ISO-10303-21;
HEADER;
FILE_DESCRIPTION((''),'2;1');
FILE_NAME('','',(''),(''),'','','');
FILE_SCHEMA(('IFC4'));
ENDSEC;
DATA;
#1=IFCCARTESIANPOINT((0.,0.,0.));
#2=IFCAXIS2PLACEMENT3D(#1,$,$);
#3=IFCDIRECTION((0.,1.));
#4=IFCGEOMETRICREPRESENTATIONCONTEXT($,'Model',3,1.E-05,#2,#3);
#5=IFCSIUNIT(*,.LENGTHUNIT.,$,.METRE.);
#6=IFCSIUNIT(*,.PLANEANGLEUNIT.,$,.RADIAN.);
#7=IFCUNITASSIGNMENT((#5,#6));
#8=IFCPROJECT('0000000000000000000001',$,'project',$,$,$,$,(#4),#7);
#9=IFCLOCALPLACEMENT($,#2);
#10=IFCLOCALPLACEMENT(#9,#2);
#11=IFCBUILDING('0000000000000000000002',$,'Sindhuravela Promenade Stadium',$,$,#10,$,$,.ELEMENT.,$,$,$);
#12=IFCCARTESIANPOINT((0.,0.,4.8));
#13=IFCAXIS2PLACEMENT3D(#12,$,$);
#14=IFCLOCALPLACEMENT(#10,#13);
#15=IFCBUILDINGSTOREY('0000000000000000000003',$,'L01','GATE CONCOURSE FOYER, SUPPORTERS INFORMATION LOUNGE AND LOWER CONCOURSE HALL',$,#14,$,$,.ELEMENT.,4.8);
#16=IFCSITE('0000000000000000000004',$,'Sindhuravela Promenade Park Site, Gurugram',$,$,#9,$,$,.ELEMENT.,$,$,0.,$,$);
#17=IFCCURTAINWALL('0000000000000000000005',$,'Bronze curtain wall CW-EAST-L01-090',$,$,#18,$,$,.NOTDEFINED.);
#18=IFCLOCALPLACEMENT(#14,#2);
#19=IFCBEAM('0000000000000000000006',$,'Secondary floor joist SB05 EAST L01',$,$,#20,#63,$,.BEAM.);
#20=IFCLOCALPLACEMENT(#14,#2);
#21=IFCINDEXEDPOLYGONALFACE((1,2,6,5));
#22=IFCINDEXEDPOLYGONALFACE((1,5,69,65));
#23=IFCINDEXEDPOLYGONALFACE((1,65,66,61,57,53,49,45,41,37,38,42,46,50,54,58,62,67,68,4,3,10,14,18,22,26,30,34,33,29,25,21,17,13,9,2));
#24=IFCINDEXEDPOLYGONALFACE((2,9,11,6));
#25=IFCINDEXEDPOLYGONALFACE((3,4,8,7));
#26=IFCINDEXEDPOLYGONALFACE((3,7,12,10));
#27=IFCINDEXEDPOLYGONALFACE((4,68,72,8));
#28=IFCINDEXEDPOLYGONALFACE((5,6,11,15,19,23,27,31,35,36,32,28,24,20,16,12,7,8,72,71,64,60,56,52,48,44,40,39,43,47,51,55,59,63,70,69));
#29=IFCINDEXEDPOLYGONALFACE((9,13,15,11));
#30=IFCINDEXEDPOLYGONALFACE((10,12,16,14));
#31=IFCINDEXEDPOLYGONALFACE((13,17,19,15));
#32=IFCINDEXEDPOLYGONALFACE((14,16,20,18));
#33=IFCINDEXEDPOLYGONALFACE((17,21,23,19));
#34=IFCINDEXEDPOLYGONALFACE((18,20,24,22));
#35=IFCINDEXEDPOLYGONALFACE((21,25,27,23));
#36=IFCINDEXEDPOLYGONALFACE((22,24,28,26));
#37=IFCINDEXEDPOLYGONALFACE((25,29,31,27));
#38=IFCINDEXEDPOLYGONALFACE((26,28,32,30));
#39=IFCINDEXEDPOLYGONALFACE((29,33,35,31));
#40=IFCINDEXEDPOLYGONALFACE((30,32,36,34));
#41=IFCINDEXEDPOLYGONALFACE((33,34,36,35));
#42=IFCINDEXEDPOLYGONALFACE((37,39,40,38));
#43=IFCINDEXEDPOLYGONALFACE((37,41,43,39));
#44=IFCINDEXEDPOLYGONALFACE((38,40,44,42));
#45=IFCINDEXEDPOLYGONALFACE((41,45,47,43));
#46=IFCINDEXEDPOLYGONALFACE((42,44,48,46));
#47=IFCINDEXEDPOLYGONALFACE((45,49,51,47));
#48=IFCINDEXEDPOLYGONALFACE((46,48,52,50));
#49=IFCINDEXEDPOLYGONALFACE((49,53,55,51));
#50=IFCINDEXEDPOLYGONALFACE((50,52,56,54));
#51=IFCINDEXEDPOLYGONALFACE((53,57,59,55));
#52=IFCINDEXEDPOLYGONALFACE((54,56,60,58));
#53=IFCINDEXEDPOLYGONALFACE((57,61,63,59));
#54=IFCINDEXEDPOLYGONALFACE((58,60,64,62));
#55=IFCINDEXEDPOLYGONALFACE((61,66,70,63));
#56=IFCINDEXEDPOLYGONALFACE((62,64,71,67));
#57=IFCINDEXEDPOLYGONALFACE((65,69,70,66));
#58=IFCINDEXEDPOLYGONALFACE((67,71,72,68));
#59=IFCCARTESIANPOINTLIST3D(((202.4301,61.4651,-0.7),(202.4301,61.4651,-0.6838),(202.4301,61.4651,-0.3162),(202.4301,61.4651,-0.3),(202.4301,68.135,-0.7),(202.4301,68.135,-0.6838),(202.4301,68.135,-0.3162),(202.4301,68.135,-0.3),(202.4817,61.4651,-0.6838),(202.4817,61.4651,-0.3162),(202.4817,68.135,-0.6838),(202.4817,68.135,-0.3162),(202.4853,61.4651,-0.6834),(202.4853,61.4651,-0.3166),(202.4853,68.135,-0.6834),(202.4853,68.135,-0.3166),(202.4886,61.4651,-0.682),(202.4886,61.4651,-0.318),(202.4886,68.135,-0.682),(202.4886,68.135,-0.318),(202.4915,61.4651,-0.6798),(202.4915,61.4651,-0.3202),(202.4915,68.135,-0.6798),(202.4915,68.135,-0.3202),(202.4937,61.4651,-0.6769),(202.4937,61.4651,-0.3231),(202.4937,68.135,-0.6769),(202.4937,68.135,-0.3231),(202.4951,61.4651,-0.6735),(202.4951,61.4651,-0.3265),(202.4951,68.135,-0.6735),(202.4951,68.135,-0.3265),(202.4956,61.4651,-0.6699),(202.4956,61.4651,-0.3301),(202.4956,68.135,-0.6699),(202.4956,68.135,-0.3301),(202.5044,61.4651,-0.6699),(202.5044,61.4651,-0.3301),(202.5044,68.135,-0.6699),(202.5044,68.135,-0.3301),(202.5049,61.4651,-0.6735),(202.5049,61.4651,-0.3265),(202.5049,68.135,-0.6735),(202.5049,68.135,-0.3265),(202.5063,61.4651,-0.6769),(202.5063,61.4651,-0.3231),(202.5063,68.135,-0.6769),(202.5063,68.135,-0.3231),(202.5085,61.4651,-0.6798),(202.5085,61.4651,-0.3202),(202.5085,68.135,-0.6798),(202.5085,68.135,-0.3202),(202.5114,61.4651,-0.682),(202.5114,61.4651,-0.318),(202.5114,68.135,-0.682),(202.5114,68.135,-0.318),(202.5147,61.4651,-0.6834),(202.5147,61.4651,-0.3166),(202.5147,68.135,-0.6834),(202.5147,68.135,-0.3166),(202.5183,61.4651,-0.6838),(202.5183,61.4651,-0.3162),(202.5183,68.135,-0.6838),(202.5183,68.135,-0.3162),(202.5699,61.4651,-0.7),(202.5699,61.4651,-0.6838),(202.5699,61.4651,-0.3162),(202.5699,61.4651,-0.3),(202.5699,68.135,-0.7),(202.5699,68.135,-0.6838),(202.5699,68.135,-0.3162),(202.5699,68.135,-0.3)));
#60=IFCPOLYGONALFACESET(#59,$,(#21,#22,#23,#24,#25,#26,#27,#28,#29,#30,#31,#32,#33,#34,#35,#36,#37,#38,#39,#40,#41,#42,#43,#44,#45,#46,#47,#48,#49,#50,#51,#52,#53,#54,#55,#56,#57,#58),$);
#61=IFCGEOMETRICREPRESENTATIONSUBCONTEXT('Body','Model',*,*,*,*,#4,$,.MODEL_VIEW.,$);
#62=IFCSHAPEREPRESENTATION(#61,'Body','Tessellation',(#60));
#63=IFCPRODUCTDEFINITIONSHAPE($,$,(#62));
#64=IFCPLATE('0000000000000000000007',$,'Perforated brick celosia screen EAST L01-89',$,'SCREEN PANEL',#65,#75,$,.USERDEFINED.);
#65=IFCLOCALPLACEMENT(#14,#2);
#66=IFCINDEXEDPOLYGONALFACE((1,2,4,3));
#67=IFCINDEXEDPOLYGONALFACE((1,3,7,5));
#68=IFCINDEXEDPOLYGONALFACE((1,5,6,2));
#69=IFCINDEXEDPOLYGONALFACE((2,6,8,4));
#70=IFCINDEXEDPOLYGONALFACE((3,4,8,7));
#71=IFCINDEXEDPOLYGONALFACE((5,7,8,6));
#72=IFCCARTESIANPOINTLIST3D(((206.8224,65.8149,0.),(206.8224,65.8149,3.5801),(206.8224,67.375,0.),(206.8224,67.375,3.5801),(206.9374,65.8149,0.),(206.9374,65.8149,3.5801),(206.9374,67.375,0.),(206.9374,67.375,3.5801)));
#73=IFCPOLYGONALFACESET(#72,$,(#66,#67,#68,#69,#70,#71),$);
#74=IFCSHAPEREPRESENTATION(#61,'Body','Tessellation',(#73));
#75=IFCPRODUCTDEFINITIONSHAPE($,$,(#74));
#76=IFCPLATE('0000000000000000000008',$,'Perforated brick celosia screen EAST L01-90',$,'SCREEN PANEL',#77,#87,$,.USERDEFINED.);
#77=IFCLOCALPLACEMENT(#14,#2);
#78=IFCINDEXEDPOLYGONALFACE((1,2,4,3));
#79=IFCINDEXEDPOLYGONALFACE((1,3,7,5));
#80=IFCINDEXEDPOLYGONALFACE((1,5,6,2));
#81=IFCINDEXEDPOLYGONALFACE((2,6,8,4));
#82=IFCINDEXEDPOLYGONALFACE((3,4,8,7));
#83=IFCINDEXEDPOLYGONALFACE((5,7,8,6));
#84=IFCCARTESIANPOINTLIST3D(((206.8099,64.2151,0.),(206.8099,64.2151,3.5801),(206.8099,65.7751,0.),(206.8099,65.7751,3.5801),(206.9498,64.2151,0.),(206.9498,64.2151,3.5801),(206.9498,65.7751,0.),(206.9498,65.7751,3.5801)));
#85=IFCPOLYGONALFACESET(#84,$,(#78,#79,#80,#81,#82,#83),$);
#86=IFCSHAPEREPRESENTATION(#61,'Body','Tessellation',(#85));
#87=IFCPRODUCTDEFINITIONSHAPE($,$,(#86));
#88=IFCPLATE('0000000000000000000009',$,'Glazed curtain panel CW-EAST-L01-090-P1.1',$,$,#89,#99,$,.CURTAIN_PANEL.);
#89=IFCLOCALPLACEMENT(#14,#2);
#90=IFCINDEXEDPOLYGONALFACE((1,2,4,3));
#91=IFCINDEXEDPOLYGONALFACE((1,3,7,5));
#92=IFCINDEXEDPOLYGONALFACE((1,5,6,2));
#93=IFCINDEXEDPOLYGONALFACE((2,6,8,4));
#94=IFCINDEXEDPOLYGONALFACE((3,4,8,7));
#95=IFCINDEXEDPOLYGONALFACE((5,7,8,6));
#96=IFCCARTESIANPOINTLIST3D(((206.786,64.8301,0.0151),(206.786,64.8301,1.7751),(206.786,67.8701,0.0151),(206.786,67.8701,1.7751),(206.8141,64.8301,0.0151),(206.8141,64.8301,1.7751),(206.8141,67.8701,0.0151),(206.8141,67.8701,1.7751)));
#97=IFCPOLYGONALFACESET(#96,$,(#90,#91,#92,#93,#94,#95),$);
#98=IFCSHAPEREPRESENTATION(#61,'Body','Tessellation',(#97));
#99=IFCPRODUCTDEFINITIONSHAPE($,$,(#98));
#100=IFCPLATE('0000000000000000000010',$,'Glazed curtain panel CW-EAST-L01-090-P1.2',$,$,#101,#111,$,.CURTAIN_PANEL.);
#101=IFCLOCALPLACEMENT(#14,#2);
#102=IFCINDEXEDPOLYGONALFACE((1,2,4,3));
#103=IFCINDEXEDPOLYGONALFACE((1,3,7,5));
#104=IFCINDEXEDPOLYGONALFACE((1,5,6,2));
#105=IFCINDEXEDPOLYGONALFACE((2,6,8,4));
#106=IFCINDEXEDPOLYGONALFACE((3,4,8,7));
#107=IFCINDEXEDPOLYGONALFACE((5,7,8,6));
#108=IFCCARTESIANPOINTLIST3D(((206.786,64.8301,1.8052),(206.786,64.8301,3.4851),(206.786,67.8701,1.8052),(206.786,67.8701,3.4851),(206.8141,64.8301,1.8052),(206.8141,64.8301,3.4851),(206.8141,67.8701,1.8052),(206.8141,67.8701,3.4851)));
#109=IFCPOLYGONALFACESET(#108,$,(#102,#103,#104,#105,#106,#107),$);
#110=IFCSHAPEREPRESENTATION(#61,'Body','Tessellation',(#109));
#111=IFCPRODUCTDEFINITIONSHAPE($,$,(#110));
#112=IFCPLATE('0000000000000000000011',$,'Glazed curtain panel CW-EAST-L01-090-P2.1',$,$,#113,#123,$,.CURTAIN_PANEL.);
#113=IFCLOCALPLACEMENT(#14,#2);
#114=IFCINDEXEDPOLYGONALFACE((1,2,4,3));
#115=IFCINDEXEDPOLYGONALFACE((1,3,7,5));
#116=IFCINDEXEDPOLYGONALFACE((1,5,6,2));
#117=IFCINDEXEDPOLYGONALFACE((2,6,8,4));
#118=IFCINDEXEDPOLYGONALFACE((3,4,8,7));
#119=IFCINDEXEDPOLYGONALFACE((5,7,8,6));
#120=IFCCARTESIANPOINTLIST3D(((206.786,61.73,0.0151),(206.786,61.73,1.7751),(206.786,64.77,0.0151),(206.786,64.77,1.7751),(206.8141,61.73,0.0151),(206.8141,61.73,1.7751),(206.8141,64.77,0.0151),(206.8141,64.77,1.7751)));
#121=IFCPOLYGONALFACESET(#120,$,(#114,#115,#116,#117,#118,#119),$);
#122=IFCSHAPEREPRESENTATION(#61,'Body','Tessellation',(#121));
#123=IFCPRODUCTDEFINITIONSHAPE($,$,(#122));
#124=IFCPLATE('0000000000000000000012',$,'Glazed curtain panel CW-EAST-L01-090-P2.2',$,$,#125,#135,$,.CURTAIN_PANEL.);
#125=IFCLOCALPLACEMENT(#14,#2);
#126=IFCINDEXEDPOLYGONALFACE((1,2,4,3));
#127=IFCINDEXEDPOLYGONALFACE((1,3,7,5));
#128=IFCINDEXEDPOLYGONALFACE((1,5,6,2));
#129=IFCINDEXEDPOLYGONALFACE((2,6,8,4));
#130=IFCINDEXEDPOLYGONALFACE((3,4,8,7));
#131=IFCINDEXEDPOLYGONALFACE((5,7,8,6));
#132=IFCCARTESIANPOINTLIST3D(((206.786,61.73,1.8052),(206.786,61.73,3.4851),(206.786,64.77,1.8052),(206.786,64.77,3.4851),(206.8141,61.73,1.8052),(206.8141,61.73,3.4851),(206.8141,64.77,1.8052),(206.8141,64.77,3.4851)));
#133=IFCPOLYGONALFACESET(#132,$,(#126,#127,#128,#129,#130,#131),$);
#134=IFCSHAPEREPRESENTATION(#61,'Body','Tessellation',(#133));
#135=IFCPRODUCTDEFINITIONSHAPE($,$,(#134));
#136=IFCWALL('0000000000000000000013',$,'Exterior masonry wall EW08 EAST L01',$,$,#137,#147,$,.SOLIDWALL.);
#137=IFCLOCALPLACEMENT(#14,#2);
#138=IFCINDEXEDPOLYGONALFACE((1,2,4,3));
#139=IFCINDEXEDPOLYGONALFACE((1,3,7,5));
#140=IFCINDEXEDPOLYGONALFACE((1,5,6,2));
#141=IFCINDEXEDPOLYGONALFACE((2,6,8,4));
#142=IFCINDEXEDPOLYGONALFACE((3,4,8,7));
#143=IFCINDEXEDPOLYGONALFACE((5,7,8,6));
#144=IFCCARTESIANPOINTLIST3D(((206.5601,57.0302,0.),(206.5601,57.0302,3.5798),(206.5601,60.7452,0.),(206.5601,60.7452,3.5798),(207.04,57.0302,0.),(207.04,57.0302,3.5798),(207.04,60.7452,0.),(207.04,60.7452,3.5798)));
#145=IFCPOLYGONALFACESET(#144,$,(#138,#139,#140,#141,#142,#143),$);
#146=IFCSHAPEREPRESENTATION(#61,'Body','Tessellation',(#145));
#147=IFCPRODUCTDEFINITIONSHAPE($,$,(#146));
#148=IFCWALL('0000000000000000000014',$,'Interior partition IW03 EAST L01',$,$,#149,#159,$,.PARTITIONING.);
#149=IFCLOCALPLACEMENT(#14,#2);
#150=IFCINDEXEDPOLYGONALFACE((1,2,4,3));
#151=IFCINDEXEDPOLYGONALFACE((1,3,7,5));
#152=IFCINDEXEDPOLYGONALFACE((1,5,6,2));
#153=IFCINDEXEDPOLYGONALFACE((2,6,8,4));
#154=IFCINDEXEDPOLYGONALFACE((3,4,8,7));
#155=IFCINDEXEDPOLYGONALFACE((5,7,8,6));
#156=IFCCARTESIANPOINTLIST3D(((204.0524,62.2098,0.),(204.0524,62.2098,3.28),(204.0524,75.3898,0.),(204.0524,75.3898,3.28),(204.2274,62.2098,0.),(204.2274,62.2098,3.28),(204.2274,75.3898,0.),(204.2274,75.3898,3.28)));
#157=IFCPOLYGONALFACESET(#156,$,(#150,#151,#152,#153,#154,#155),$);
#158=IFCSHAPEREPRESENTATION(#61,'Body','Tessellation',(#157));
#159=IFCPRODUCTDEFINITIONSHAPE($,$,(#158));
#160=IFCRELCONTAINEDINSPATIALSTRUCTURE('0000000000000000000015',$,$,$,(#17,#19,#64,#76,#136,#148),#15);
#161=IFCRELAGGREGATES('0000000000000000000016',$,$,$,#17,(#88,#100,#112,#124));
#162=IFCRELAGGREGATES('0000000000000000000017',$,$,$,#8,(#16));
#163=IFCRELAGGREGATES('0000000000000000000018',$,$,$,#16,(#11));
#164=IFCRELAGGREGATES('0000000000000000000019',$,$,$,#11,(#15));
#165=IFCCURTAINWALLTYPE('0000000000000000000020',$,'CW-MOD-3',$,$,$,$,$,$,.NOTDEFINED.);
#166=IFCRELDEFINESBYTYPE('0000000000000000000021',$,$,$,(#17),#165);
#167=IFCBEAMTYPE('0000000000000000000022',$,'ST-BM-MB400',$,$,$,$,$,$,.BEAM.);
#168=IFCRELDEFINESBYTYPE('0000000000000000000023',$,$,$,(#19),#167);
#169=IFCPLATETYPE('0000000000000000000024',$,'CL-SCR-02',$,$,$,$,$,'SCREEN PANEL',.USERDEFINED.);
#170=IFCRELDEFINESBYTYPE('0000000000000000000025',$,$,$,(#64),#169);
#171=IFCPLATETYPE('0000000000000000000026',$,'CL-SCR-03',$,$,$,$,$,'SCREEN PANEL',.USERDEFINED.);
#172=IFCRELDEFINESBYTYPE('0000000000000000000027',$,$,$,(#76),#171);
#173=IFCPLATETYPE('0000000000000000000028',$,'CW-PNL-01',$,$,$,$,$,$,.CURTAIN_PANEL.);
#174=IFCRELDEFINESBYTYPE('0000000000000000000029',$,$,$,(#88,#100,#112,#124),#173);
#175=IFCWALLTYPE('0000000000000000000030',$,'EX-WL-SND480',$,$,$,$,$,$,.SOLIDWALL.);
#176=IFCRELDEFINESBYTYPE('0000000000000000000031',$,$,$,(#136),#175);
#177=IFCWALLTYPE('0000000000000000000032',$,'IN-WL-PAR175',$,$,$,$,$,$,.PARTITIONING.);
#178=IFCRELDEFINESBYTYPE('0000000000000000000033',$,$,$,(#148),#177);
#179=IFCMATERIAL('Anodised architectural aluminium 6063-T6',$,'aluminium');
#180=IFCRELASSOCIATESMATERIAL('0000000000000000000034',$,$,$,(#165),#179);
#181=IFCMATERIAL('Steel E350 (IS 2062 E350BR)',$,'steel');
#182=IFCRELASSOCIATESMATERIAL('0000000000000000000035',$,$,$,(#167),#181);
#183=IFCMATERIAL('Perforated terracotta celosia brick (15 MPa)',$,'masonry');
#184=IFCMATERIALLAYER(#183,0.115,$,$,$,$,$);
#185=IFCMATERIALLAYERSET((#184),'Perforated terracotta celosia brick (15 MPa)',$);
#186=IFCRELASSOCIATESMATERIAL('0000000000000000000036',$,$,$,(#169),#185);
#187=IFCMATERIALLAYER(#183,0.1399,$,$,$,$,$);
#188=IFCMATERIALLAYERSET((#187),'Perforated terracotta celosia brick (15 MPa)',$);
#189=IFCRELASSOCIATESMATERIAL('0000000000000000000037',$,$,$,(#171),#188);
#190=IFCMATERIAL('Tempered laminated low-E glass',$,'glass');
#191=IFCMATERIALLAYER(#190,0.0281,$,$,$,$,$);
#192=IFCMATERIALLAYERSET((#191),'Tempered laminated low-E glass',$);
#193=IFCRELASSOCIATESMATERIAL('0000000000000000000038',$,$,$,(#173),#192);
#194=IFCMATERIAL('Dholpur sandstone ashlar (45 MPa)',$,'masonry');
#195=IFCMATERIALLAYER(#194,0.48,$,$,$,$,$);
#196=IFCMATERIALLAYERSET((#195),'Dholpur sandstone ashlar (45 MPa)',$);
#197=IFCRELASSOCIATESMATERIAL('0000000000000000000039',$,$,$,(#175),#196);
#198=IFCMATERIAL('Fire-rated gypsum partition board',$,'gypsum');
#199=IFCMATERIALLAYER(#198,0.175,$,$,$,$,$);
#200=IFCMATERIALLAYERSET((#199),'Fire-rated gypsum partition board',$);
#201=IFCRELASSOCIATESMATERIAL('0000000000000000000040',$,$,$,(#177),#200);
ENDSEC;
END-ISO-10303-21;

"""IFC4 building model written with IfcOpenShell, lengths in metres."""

from ifc_helpers import new_model, si_unit, direction, frame, frame_2d, origin, origin_2d, place, context, subcontext, project, spatial, rectangle, i_section, extrude, material, layer, layer_set, material_profile, profile_set, type_object, element, aggregate, save


model = new_model("IFC4")

# Units and contexts
model_context = context("Model", 3, precision=1e-05, world=origin(), true_north=direction((0.0, 1.0)))
body_context = subcontext(model_context, "Body", "Model", "MODEL_VIEW")
ifc_project = project(units=[si_unit("LENGTHUNIT", "METRE"), si_unit("PLANEANGLEUNIT", "RADIAN")], contexts=[model_context])

# Site, building, storey
site_placement = place(None, origin())
site = spatial("IfcSite", under=ifc_project, at=site_placement, Name="Sindhuravela Promenade Park Site, Gurugram", CompositionType="ELEMENT", RefElevation=0.0)
building_placement = place(site_placement, origin())
building = spatial("IfcBuilding", under=site, at=building_placement, Name="Sindhuravela Promenade Stadium", CompositionType="ELEMENT")
storey_placement = place(building_placement, frame((0.0, 0.0, 4.8)))
storey = spatial("IfcBuildingStorey", under=building, at=storey_placement, Name="L01", Description="GATE CONCOURSE FOYER, SUPPORTERS INFORMATION LOUNGE AND LOWER CONCOURSE HALL", CompositionType="ELEMENT", Elevation=4.8)

# Curtain wall
ifc_material_1 = material(Name="Anodised architectural aluminium 6063-T6", Category="aluminium")
curtain_wall_type = type_object("IfcCurtainWallType", Name="CW-MOD-3", PredefinedType="NOTDEFINED", material=ifc_material_1)
curtain_wall_placement = place(storey_placement, origin())
curtain_wall = element("IfcCurtainWall", 1, at=curtain_wall_placement, inside=storey, type_object=curtain_wall_type, Name="Bronze curtain wall CW-EAST-L01-090", PredefinedType="NOTDEFINED")

# Beam
ifc_material_2 = material(Name="Steel E350 (IS 2062 E350BR)", Category="steel")
ifc_material_profile_1 = material_profile(ifc_material_2, i_section(OverallWidth=0.1399, OverallDepth=0.3999, WebThickness=0.0088, FlangeThickness=0.0161, FilletRadius=0.0139, at=origin_2d()), Name="ISMB 400")
ifc_profile_set_1 = profile_set([ifc_material_profile_1], Name="Steel E350 (IS 2062 E350BR)")
beam_type_1 = type_object("IfcBeamType", Name="ST-BM-MB400", PredefinedType="BEAM", material=ifc_profile_set_1)
beam_1_placement = place(storey_placement, frame((202.5, 61.4651, -0.5), z_axis=(0.0, 1.0, 0.0), x_axis=(-1.0, 0.0, 0.0)))
element("IfcBeam", 2, at=beam_1_placement, inside=storey, type_object=beam_type_1, Name="Secondary floor joist SB05 EAST L01", PredefinedType="BEAM", context=body_context, shape_type="SweptSolid", body=[
    extrude(i_section(OverallWidth=0.1399, OverallDepth=0.3999, WebThickness=0.0088, FlangeThickness=0.0161, FilletRadius=0.0139, at=origin_2d()), origin(), (0.0, 0.0, 1.0), 6.6699),
])

# Plates
ifc_material_3 = material(Name="Perforated terracotta celosia brick (15 MPa)", Category="masonry")
ifc_layer_1 = layer(ifc_material_3, 0.115)
ifc_layer_set_1 = layer_set([ifc_layer_1], Name="Perforated terracotta celosia brick (15 MPa)")
plate_type_1 = type_object("IfcPlateType", Name="CL-SCR-02", ElementType="SCREEN PANEL", PredefinedType="USERDEFINED", material=ifc_layer_set_1)
plate_1_placement = place(storey_placement, frame((206.8799, 66.595, 0.0), z_axis=(0.0, 0.0, 1.0), x_axis=(0.0, -1.0, 0.0)))
element("IfcPlate", 3, at=plate_1_placement, inside=storey, type_object=plate_type_1, Name="Perforated brick celosia screen EAST L01-89", ObjectType="SCREEN PANEL", PredefinedType="USERDEFINED", context=body_context, shape_type="SweptSolid", body=[
    extrude(rectangle(XDim=1.5601, YDim=0.115, at=origin_2d()), origin(), (0.0, 0.0, 1.0), 3.5801),
])
ifc_layer_2 = layer(ifc_material_3, 0.1399)
ifc_layer_set_2 = layer_set([ifc_layer_2], Name="Perforated terracotta celosia brick (15 MPa)")
plate_type_2 = type_object("IfcPlateType", Name="CL-SCR-03", ElementType="SCREEN PANEL", PredefinedType="USERDEFINED", material=ifc_layer_set_2)
plate_2_placement = place(storey_placement, frame((206.8799, 64.9951, 0.0), z_axis=(0.0, 0.0, 1.0), x_axis=(0.0, -1.0, 0.0)))
element("IfcPlate", 4, at=plate_2_placement, inside=storey, type_object=plate_type_2, Name="Perforated brick celosia screen EAST L01-90", ObjectType="SCREEN PANEL", PredefinedType="USERDEFINED", context=body_context, shape_type="SweptSolid", body=[
    extrude(rectangle(XDim=1.5601, YDim=0.1399, at=origin_2d()), origin(), (0.0, 0.0, 1.0), 3.5801),
])

# Plates
ifc_material_4 = material(Name="Tempered laminated low-E glass", Category="glass")
ifc_layer_3 = layer(ifc_material_4, 0.0281)
ifc_layer_set_3 = layer_set([ifc_layer_3], Name="Tempered laminated low-E glass")
plate_type_3 = type_object("IfcPlateType", Name="CW-PNL-01", PredefinedType="CURTAIN_PANEL", material=ifc_layer_set_3)
plate_3_placement = place(storey_placement, frame((206.8, 66.3501, 0.0151), z_axis=(0.0, 0.0, 1.0), x_axis=(0.0, -1.0, 0.0)))
plate_3 = element("IfcPlate", 5, at=plate_3_placement, type_object=plate_type_3, Name="Glazed curtain panel CW-EAST-L01-090-P1.1", PredefinedType="CURTAIN_PANEL", context=body_context, shape_type="SweptSolid", body=[
    extrude(rectangle(XDim=3.04, YDim=0.0281, at=origin_2d()), origin(), (0.0, 0.0, 1.0), 1.76),
])
plate_4_placement = place(storey_placement, frame((206.8, 66.3501, 1.8052), z_axis=(0.0, 0.0, 1.0), x_axis=(0.0, -1.0, 0.0)))
plate_4 = element("IfcPlate", 6, at=plate_4_placement, type_object=plate_type_3, Name="Glazed curtain panel CW-EAST-L01-090-P1.2", PredefinedType="CURTAIN_PANEL", context=body_context, shape_type="SweptSolid", body=[
    extrude(rectangle(XDim=3.04, YDim=0.0281, at=origin_2d()), origin(), (0.0, 0.0, 1.0), 1.6799),
])
plate_5_placement = place(storey_placement, frame((206.8, 63.25, 0.0151), z_axis=(0.0, 0.0, 1.0), x_axis=(0.0, -1.0, 0.0)))
plate_5 = element("IfcPlate", 7, at=plate_5_placement, type_object=plate_type_3, Name="Glazed curtain panel CW-EAST-L01-090-P2.1", PredefinedType="CURTAIN_PANEL", context=body_context, shape_type="SweptSolid", body=[
    extrude(rectangle(XDim=3.04, YDim=0.0281, at=origin_2d()), origin(), (0.0, 0.0, 1.0), 1.76),
])
plate_6_placement = place(storey_placement, frame((206.8, 63.25, 1.8052), z_axis=(0.0, 0.0, 1.0), x_axis=(0.0, -1.0, 0.0)))
plate_6 = element("IfcPlate", 8, at=plate_6_placement, type_object=plate_type_3, Name="Glazed curtain panel CW-EAST-L01-090-P2.2", PredefinedType="CURTAIN_PANEL", context=body_context, shape_type="SweptSolid", body=[
    extrude(rectangle(XDim=3.04, YDim=0.0281, at=origin_2d()), origin(), (0.0, 0.0, 1.0), 1.6799),
])
aggregate(curtain_wall, [plate_3, plate_4, plate_5, plate_6])

# Walls
ifc_material_5 = material(Name="Dholpur sandstone ashlar (45 MPa)", Category="masonry")
ifc_layer_4 = layer(ifc_material_5, 0.48)
ifc_layer_set_4 = layer_set([ifc_layer_4], Name="Dholpur sandstone ashlar (45 MPa)")
wall_type_1 = type_object("IfcWallType", Name="EX-WL-SND480", PredefinedType="SOLIDWALL", material=ifc_layer_set_4)
wall_1_placement = place(storey_placement, frame((206.8, 60.7451, 0.0), z_axis=(0.0, 0.0, 1.0), x_axis=(0.0, -1.0, 0.0)))
element("IfcWall", 9, at=wall_1_placement, inside=storey, type_object=wall_type_1, Name="Exterior masonry wall EW08 EAST L01", PredefinedType="SOLIDWALL", context=body_context, shape_type="SweptSolid", body=[
    extrude(rectangle(XDim=3.7151, YDim=0.48, at=frame_2d((1.8574, 0.0))), origin(), (0.0, 0.0, 1.0), 3.5798),
])
ifc_material_6 = material(Name="Fire-rated gypsum partition board", Category="gypsum")
ifc_layer_5 = layer(ifc_material_6, 0.175)
ifc_layer_set_5 = layer_set([ifc_layer_5], Name="Fire-rated gypsum partition board")
wall_type_2 = type_object("IfcWallType", Name="IN-WL-PAR175", PredefinedType="PARTITIONING", material=ifc_layer_set_5)
wall_2_placement = place(storey_placement, frame((204.1399, 62.21, 0.0), z_axis=(0.0, 0.0, 1.0), x_axis=(0.0, 1.0, 0.0)))
element("IfcWall", 10, at=wall_2_placement, inside=storey, type_object=wall_type_2, Name="Interior partition IW03 EAST L01", PredefinedType="PARTITIONING", context=body_context, shape_type="SweptSolid", body=[
    extrude(rectangle(XDim=13.1799, YDim=0.175, at=frame_2d((6.5898, 0.0))), origin(), (0.0, 0.0, 1.0), 3.28),
])

save(model, "model.ifc")
